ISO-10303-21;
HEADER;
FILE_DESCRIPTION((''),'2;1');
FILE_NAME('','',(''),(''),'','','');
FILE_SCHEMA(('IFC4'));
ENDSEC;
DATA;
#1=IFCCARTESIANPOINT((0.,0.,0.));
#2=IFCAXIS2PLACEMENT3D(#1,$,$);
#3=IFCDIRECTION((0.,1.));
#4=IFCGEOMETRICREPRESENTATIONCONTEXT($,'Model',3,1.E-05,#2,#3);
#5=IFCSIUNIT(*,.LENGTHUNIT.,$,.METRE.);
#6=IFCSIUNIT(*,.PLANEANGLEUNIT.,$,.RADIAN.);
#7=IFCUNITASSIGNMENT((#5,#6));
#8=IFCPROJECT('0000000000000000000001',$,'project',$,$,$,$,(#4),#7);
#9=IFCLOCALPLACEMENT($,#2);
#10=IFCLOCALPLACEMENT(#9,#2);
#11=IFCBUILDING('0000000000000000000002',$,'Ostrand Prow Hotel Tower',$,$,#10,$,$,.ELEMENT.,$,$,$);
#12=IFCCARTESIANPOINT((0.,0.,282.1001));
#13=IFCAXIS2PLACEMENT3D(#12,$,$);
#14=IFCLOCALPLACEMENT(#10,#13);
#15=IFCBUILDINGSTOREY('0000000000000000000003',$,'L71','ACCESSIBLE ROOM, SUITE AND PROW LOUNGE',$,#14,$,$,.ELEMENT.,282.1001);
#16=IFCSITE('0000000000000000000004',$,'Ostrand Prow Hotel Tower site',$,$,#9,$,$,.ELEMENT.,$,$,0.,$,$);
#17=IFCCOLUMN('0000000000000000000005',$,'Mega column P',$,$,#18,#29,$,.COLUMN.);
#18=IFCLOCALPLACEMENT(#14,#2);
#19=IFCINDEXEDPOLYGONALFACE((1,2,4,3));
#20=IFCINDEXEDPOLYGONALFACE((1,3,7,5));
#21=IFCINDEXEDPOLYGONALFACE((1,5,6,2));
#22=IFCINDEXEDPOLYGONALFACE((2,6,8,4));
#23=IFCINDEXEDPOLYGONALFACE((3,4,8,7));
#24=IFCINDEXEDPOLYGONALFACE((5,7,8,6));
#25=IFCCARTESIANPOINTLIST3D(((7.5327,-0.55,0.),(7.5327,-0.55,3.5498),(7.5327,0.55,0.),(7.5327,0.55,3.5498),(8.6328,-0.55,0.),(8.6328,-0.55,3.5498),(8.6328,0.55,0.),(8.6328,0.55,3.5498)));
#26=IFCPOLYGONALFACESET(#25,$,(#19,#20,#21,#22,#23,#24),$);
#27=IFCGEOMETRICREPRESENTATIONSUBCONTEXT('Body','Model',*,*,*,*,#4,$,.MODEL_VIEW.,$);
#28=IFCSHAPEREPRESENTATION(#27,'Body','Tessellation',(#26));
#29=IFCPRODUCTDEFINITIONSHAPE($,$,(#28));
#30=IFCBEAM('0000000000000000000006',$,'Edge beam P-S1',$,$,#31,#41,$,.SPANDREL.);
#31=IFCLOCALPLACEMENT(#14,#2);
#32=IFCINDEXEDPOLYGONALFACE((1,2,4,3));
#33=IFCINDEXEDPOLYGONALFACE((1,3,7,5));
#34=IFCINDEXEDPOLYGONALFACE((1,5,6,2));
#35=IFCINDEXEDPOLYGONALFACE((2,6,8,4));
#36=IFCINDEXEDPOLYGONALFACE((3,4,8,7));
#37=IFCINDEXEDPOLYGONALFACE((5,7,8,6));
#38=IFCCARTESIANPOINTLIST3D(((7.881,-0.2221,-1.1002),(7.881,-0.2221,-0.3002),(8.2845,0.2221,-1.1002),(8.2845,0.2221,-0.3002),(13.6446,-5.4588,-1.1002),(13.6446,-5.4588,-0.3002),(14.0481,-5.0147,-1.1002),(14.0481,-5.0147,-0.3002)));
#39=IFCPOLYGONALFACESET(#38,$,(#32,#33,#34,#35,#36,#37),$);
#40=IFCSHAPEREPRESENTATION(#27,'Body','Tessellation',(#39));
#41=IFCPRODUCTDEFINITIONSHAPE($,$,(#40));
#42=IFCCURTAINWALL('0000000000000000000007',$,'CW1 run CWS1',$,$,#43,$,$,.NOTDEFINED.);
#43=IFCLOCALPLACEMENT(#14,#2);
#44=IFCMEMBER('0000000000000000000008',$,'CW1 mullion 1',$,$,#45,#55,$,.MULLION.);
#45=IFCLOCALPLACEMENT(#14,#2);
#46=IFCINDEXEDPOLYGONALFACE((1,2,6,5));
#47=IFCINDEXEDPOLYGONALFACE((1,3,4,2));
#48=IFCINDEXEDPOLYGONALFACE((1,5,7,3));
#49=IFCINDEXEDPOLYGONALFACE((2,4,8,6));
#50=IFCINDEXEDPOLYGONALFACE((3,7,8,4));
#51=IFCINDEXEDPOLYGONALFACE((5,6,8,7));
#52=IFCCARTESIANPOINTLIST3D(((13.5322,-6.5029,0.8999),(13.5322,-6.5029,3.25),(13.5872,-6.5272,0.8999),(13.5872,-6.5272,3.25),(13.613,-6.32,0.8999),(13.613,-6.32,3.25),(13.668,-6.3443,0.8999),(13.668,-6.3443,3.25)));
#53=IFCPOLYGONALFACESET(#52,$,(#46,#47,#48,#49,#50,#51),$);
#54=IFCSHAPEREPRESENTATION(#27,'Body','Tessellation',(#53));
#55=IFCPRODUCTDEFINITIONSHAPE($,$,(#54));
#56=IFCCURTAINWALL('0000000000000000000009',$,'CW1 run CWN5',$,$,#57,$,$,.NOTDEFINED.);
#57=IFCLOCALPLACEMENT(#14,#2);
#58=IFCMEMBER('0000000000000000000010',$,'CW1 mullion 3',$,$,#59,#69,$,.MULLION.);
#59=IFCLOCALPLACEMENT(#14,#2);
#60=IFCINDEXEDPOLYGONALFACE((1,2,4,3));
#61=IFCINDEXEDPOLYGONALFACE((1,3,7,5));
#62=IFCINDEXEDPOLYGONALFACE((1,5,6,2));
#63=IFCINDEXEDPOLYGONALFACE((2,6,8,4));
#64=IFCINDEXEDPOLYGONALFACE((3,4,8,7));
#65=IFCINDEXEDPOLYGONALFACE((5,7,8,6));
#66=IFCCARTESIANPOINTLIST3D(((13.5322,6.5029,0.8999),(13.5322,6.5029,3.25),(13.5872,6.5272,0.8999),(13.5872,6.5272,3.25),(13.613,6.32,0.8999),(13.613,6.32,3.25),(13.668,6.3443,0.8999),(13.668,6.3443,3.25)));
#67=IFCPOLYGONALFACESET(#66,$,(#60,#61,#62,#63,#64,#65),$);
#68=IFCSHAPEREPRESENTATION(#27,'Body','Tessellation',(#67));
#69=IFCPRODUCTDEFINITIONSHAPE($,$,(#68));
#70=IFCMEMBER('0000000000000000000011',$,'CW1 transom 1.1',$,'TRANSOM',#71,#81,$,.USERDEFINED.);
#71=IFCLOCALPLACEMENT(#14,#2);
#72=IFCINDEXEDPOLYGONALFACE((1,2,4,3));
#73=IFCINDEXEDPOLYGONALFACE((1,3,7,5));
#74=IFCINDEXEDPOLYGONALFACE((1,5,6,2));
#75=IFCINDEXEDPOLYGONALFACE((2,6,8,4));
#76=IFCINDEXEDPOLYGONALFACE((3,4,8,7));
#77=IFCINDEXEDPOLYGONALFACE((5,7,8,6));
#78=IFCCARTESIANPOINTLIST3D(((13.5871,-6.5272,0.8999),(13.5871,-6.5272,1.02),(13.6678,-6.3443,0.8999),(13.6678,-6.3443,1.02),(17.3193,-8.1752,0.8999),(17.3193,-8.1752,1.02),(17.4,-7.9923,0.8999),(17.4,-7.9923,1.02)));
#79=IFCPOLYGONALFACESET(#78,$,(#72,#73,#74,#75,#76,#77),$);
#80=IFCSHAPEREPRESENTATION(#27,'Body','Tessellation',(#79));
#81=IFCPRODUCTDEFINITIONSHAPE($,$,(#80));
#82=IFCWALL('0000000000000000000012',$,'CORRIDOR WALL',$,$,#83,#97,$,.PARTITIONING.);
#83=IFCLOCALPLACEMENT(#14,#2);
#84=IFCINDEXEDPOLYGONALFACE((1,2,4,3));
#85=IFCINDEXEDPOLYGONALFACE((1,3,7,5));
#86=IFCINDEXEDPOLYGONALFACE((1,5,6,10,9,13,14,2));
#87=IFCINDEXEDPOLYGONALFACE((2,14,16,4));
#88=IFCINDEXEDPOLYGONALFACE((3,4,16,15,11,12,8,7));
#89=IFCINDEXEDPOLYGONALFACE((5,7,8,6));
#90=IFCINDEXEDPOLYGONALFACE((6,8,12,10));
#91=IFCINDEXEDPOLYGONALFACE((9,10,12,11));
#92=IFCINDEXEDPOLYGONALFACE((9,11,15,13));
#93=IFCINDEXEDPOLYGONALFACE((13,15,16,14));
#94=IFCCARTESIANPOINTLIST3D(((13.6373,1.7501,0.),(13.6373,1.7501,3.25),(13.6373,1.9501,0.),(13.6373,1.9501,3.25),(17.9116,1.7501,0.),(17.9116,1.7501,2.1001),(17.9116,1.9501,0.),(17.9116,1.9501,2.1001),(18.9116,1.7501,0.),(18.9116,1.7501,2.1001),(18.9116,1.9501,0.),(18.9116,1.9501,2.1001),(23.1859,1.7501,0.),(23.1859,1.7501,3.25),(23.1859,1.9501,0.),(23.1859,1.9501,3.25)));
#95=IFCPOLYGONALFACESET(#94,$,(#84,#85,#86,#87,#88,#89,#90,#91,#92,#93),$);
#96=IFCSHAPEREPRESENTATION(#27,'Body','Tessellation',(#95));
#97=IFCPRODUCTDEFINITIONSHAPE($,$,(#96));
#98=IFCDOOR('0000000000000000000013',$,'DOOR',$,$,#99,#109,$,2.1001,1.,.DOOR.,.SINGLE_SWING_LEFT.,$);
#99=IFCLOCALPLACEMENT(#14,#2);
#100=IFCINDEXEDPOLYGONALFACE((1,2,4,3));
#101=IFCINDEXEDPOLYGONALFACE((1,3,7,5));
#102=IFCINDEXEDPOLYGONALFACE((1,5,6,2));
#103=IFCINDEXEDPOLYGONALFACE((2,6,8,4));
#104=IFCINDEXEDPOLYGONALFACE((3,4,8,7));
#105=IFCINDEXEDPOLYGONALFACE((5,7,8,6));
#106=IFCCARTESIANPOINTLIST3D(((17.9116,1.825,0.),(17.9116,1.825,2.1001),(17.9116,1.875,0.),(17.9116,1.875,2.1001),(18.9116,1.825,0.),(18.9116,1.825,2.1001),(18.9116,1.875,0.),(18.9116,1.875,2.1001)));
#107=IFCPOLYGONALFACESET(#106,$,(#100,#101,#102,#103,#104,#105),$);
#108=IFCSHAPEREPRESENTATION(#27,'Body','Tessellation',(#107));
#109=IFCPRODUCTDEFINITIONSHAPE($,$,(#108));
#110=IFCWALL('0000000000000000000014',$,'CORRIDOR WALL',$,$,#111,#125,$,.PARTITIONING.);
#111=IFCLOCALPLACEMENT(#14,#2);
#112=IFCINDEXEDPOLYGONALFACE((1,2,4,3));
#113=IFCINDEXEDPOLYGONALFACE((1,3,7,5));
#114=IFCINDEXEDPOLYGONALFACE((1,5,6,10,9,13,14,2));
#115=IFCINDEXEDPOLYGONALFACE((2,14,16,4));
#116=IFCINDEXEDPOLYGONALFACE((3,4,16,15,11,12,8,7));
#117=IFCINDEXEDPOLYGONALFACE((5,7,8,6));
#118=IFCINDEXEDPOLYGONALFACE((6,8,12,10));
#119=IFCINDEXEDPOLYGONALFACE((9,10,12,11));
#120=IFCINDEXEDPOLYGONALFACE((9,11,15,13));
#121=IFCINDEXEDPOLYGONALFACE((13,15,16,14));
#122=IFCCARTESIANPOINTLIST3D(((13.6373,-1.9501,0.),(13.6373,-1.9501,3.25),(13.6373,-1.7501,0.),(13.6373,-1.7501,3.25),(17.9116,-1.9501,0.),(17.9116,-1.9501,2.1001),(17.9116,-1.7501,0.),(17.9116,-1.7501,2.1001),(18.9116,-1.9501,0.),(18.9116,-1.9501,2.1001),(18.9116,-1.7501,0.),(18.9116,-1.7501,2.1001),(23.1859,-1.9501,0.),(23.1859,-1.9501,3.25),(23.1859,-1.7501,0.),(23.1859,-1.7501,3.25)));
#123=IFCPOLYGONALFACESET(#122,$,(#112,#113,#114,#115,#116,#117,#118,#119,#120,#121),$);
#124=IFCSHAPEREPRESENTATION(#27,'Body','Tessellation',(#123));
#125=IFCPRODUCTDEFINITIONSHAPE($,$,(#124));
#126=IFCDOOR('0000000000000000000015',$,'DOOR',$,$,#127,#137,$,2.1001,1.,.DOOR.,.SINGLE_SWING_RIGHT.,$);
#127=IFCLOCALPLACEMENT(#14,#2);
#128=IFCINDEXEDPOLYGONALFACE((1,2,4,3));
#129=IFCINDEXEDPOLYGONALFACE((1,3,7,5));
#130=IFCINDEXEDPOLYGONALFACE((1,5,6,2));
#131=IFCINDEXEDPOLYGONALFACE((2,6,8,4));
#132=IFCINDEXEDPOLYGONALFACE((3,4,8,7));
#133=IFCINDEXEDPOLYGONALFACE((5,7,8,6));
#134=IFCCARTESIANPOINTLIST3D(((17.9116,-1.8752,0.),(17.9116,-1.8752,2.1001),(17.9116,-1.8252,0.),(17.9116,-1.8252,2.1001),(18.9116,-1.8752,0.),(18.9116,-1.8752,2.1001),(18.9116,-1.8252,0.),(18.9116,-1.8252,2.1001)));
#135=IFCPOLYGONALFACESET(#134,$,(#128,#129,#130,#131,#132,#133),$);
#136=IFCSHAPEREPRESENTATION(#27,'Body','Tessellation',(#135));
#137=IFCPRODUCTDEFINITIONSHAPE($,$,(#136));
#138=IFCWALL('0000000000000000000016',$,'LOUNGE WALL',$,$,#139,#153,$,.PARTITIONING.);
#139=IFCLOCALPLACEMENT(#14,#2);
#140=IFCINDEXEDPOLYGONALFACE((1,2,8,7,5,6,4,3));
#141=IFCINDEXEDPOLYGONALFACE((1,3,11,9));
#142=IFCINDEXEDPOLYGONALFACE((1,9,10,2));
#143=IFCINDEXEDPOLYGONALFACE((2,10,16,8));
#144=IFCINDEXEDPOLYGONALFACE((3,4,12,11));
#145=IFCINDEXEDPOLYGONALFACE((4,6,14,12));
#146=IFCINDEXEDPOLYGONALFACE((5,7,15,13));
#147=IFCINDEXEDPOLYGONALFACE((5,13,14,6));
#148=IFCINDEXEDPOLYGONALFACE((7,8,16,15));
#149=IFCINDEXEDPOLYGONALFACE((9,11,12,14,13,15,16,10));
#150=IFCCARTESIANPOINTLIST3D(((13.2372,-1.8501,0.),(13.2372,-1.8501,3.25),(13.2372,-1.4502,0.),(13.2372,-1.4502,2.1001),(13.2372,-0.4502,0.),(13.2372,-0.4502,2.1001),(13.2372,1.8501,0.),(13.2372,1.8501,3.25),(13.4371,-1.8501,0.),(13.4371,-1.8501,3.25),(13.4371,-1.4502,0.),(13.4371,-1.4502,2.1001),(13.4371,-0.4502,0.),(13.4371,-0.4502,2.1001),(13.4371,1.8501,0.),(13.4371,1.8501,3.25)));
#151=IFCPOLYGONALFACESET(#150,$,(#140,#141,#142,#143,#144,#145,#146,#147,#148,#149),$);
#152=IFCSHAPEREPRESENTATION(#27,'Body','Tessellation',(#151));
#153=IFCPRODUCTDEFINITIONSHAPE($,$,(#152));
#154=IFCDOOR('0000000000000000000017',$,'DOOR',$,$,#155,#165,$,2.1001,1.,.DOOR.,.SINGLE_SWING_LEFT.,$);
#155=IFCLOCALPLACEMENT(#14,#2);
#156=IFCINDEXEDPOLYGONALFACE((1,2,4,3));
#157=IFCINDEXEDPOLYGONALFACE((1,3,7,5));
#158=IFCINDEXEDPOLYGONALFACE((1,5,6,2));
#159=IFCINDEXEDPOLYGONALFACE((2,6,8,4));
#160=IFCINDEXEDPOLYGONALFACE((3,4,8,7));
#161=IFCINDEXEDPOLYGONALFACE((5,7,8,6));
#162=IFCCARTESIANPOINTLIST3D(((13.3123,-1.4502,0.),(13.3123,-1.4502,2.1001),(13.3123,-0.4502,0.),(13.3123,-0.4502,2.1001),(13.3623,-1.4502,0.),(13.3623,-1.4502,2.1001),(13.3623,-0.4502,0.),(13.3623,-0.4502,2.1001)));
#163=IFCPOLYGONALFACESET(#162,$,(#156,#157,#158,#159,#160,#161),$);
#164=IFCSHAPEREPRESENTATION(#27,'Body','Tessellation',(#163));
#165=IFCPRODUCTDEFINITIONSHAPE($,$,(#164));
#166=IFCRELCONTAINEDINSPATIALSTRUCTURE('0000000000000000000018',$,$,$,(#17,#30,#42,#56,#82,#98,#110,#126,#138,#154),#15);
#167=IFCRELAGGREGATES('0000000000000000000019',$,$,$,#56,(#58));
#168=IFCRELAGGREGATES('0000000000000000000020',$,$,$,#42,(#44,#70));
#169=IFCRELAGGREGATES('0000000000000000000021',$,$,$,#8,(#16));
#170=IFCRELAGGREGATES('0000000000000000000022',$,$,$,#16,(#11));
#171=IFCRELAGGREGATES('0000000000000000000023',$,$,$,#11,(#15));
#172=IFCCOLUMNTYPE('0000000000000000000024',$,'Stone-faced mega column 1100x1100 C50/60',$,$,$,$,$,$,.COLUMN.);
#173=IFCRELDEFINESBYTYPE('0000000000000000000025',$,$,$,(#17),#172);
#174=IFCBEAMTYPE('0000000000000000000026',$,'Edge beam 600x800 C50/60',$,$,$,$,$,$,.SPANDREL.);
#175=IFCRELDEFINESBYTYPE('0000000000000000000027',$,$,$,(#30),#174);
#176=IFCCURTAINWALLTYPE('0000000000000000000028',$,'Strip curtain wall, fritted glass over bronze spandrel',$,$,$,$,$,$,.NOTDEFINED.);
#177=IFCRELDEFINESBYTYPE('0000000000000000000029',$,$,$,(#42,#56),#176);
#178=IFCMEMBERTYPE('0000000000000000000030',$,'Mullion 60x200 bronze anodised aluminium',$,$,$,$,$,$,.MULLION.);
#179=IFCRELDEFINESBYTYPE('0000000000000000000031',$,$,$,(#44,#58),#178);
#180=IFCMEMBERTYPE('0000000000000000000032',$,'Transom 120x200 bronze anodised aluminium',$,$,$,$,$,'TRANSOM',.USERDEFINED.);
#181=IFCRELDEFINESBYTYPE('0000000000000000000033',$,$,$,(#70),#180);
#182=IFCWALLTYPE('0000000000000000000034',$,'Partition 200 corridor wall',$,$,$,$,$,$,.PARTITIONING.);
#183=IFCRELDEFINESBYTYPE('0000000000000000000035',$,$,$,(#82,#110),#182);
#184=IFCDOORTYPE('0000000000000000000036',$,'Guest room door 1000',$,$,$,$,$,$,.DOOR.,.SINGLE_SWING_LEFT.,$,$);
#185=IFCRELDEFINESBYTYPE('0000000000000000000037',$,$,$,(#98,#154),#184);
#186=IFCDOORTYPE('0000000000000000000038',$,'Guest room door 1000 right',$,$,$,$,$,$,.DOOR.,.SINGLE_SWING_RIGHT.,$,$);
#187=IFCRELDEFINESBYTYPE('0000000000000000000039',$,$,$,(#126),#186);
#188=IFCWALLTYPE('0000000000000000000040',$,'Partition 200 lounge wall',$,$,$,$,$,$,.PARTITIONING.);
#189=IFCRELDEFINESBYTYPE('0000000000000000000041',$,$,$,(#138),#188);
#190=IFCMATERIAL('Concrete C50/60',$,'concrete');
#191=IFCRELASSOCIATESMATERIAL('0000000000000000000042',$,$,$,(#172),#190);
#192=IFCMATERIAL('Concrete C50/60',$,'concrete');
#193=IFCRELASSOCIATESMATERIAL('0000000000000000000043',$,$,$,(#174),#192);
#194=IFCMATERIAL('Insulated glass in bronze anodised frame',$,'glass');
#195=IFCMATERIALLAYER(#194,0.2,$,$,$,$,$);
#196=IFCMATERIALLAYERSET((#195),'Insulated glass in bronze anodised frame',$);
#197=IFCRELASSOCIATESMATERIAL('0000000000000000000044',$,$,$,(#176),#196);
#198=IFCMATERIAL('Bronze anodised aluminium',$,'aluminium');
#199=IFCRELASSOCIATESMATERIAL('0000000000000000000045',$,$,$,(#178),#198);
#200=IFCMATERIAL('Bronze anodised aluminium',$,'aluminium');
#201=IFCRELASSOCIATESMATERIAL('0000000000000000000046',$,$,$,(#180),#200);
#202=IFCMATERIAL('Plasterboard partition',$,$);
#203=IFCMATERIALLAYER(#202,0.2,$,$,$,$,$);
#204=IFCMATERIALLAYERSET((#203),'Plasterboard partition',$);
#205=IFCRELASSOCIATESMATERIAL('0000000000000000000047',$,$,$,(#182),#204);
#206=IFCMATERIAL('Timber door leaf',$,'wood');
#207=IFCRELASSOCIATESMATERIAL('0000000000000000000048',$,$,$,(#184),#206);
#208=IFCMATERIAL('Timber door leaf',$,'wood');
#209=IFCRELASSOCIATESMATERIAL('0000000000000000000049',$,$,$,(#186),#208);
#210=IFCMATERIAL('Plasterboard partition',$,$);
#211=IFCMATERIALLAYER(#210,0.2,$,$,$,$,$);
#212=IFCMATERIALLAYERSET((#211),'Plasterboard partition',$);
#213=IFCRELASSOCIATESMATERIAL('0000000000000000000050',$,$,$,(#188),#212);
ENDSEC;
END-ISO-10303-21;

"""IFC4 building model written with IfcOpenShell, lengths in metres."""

from ifc_helpers import new_model, si_unit, direction, frame, frame_2d, origin, origin_2d, place, context, subcontext, project, spatial, rectangle, extrude, material, layer, layer_set, material_profile, profile_set, type_object, element, fill, aggregate, save


model = new_model("IFC4")

# Units and contexts
model_context = context("Model", 3, precision=1e-05, world=origin(), true_north=direction((0.0, 1.0)))
body_context = subcontext(model_context, "Body", "Model", "MODEL_VIEW")
ifc_project = project(units=[si_unit("LENGTHUNIT", "METRE"), si_unit("PLANEANGLEUNIT", "RADIAN")], contexts=[model_context])

# Site, building, storey
site_placement = place(None, origin())
site = spatial("IfcSite", under=ifc_project, at=site_placement, Name="Ostrand Prow Hotel Tower site", CompositionType="ELEMENT", RefElevation=0.0)
building_placement = place(site_placement, origin())
building = spatial("IfcBuilding", under=site, at=building_placement, Name="Ostrand Prow Hotel Tower", CompositionType="ELEMENT")
storey_placement = place(building_placement, frame((0.0, 0.0, 282.1001)))
storey = spatial("IfcBuildingStorey", under=building, at=storey_placement, Name="L71", Description="ACCESSIBLE ROOM, SUITE AND PROW LOUNGE", CompositionType="ELEMENT", Elevation=282.1001)

# Column
ifc_material_1 = material(Name="Concrete C50/60", Category="concrete")
ifc_material_profile_1 = material_profile(ifc_material_1, rectangle(XDim=1.1001, YDim=1.1001, at=origin_2d()), Name="RC 1100x1100")
ifc_profile_set_1 = profile_set([ifc_material_profile_1], Name="Concrete C50/60")
column_type = type_object("IfcColumnType", Name="Stone-faced mega column 1100x1100 C50/60", PredefinedType="COLUMN", material=ifc_profile_set_1)
column_placement = place(storey_placement, frame((8.0828, 0.0, 0.0), z_axis=(0.0, 0.0, 1.0), x_axis=(1.0, 0.0, 0.0)))
element("IfcColumn", 1, at=column_placement, inside=storey, type_object=column_type, Name="Mega column P", PredefinedType="COLUMN", context=body_context, shape_type="SweptSolid", body=[
    extrude(rectangle(XDim=1.1001, YDim=1.1001, at=origin_2d()), origin(), (0.0, 0.0, 1.0), 3.5498),
])

# Beam
ifc_material_2 = material(Name="Concrete C50/60", Category="concrete")
ifc_material_profile_2 = material_profile(ifc_material_2, rectangle(XDim=0.6001, YDim=0.8, at=origin_2d()), Name="RC 600x800")
ifc_profile_set_2 = profile_set([ifc_material_profile_2], Name="Concrete C50/60")
beam_type = type_object("IfcBeamType", Name="Edge beam 600x800 C50/60", PredefinedType="SPANDREL", material=ifc_profile_set_2)
beam_placement = place(storey_placement, frame((8.0828, 0.0, -0.7002), z_axis=(0.740124, -0.67247, 0.0), x_axis=(0.67247, 0.740124, 0.0)))
element("IfcBeam", 2, at=beam_placement, inside=storey, type_object=beam_type, Name="Edge beam P-S1", PredefinedType="SPANDREL", context=body_context, shape_type="SweptSolid", body=[
    extrude(rectangle(XDim=0.6001, YDim=0.8, at=origin_2d()), origin(), (0.0, 0.0, 1.0), 7.7874),
])

# Curtain walls, members
ifc_material_3 = material(Name="Insulated glass in bronze anodised frame", Category="glass")
ifc_layer_1 = layer(ifc_material_3, 0.2)
ifc_layer_set_1 = layer_set([ifc_layer_1], Name="Insulated glass in bronze anodised frame")
curtain_wall_type = type_object("IfcCurtainWallType", Name="Strip curtain wall, fritted glass over bronze spandrel", PredefinedType="NOTDEFINED", material=ifc_layer_set_1)
curtain_wall_1_placement = place(storey_placement, origin())
curtain_wall_1 = element("IfcCurtainWall", 3, at=curtain_wall_1_placement, inside=storey, type_object=curtain_wall_type, Name="CW1 run CWS1", PredefinedType="NOTDEFINED")
ifc_material_4 = material(Name="Bronze anodised aluminium", Category="aluminium")
ifc_material_profile_3 = material_profile(ifc_material_4, rectangle(XDim=0.2, YDim=0.0601, at=origin_2d()), Name="Mullion 60x200 bronze anodised aluminium")
ifc_profile_set_3 = profile_set([ifc_material_profile_3], Name="Bronze anodised aluminium")
member_type_1 = type_object("IfcMemberType", Name="Mullion 60x200 bronze anodised aluminium", PredefinedType="MULLION", material=ifc_profile_set_3)
member_1_placement = place(storey_placement, frame((13.6001, -6.4236, 0.8999), z_axis=(0.0, 0.0, 1.0), x_axis=(0.40394, 0.914786, 0.0)))
member_1 = element("IfcMember", 4, at=member_1_placement, type_object=member_type_1, Name="CW1 mullion 1", PredefinedType="MULLION", context=body_context, shape_type="SweptSolid", body=[
    extrude(rectangle(XDim=0.2, YDim=0.0601, at=origin_2d()), origin(), (0.0, 0.0, 1.0), 2.3501),
])
curtain_wall_2_placement = place(storey_placement, origin())
curtain_wall_2 = element("IfcCurtainWall", 5, at=curtain_wall_2_placement, inside=storey, type_object=curtain_wall_type, Name="CW1 run CWN5", PredefinedType="NOTDEFINED")
member_2_placement = place(storey_placement, frame((13.6001, 6.4236, 0.8999), z_axis=(0.0, 0.0, 1.0), x_axis=(0.40394, -0.914786, 0.0)))
member_2 = element("IfcMember", 6, at=member_2_placement, type_object=member_type_1, Name="CW1 mullion 3", PredefinedType="MULLION", context=body_context, shape_type="SweptSolid", body=[
    extrude(rectangle(XDim=0.2, YDim=0.0601, at=origin_2d()), origin(), (0.0, 0.0, 1.0), 2.3501),
])
aggregate(curtain_wall_2, [member_2])

# Member
ifc_material_5 = material(Name="Bronze anodised aluminium", Category="aluminium")
ifc_material_profile_4 = material_profile(ifc_material_5, rectangle(XDim=0.2, YDim=0.1201, at=origin_2d()), Name="Transom 120x200 bronze anodised aluminium")
ifc_profile_set_4 = profile_set([ifc_material_profile_4], Name="Bronze anodised aluminium")
member_type_2 = type_object("IfcMemberType", Name="Transom 120x200 bronze anodised aluminium", ElementType="TRANSOM", PredefinedType="USERDEFINED", material=ifc_profile_set_4)
member_3_placement = place(storey_placement, frame((13.6274, -6.4358, 0.96), z_axis=(0.914791, -0.403927, 0.0), x_axis=(0.403927, 0.914791, 0.0)))
member_3 = element("IfcMember", 7, at=member_3_placement, type_object=member_type_2, Name="CW1 transom 1.1", ObjectType="TRANSOM", PredefinedType="USERDEFINED", context=body_context, shape_type="SweptSolid", body=[
    extrude(rectangle(XDim=0.2, YDim=0.1201, at=origin_2d()), origin(), (0.0, 0.0, 1.0), 4.0798),
])
aggregate(curtain_wall_1, [member_1, member_3])

# Walls, openings, doors
ifc_material_6 = material(Name="Plasterboard partition")
ifc_layer_2 = layer(ifc_material_6, 0.2)
ifc_layer_set_2 = layer_set([ifc_layer_2], Name="Plasterboard partition")
wall_type_1 = type_object("IfcWallType", Name="Partition 200 corridor wall", PredefinedType="PARTITIONING", material=ifc_layer_set_2)
wall_1_placement = place(storey_placement, frame((13.6372, 1.8501, 0.0), z_axis=(0.0, 0.0, 1.0), x_axis=(1.0, 0.0, 0.0)))
wall_1 = element("IfcWall", 8, at=wall_1_placement, inside=storey, type_object=wall_type_1, Name="CORRIDOR WALL", PredefinedType="PARTITIONING", context=body_context, shape_type="SweptSolid", body=[
    extrude(rectangle(XDim=9.5486, YDim=0.2, at=frame_2d((4.7744, 0.0))), origin(), (0.0, 0.0, 1.0), 3.25),
])
opening_1_placement = place(wall_1_placement, frame((4.2744, 0.0, 0.0)))
opening_1 = element("IfcOpeningElement", 9, at=opening_1_placement, cuts=wall_1, PredefinedType="OPENING", context=body_context, shape_type="SweptSolid", body=[
    extrude(rectangle(XDim=1.0, YDim=2.1001, at=frame_2d((0.5, 1.05))), frame((0.0, 0.1099, 0.0), z_axis=(0.0, -1.0, 0.0), x_axis=(1.0, 0.0, 0.0)), (0.0, 0.0, 1.0), 0.22),
])
ifc_material_7 = material(Name="Timber door leaf", Category="wood")
door_type_1 = type_object("IfcDoorType", Name="Guest room door 1000", OperationType="SINGLE_SWING_LEFT", PredefinedType="DOOR", material=ifc_material_7)
door_1_placement = place(opening_1_placement, origin())
door_1 = element("IfcDoor", 10, at=door_1_placement, inside=storey, type_object=door_type_1, Name="DOOR", OperationType="SINGLE_SWING_LEFT", OverallHeight=2.1001, OverallWidth=1.0, PredefinedType="DOOR", context=body_context, shape_type="SweptSolid", body=[
    extrude(rectangle(XDim=1.0, YDim=2.1001, at=frame_2d((0.5, 1.05))), frame((0.0, 0.0249, 0.0), z_axis=(0.0, -1.0, 0.0), x_axis=(1.0, 0.0, 0.0)), (0.0, 0.0, 1.0), 0.05),
])
fill(opening_1, door_1)
wall_2_placement = place(storey_placement, frame((13.6372, -1.8501, 0.0), z_axis=(0.0, 0.0, 1.0), x_axis=(1.0, 0.0, 0.0)))
wall_2 = element("IfcWall", 11, at=wall_2_placement, inside=storey, type_object=wall_type_1, Name="CORRIDOR WALL", PredefinedType="PARTITIONING", context=body_context, shape_type="SweptSolid", body=[
    extrude(rectangle(XDim=9.5486, YDim=0.2, at=frame_2d((4.7744, 0.0))), origin(), (0.0, 0.0, 1.0), 3.25),
])
opening_2_placement = place(wall_2_placement, frame((4.2744, 0.0, 0.0)))
opening_2 = element("IfcOpeningElement", 12, at=opening_2_placement, cuts=wall_2, PredefinedType="OPENING", context=body_context, shape_type="SweptSolid", body=[
    extrude(rectangle(XDim=1.0, YDim=2.1001, at=frame_2d((0.5, 1.05))), frame((0.0, 0.1099, 0.0), z_axis=(0.0, -1.0, 0.0), x_axis=(1.0, 0.0, 0.0)), (0.0, 0.0, 1.0), 0.22),
])
ifc_material_8 = material(Name="Timber door leaf", Category="wood")
door_type_2 = type_object("IfcDoorType", Name="Guest room door 1000 right", OperationType="SINGLE_SWING_RIGHT", PredefinedType="DOOR", material=ifc_material_8)
door_2_placement = place(opening_2_placement, origin())
door_2 = element("IfcDoor", 13, at=door_2_placement, inside=storey, type_object=door_type_2, Name="DOOR", OperationType="SINGLE_SWING_RIGHT", OverallHeight=2.1001, OverallWidth=1.0, PredefinedType="DOOR", context=body_context, shape_type="SweptSolid", body=[
    extrude(rectangle(XDim=1.0, YDim=2.1001, at=frame_2d((0.5, 1.05))), frame((0.0, 0.0249, 0.0), z_axis=(0.0, -1.0, 0.0), x_axis=(1.0, 0.0, 0.0)), (0.0, 0.0, 1.0), 0.05),
])
fill(opening_2, door_2)
ifc_material_9 = material(Name="Plasterboard partition")
ifc_layer_3 = layer(ifc_material_9, 0.2)
ifc_layer_set_3 = layer_set([ifc_layer_3], Name="Plasterboard partition")
wall_type_2 = type_object("IfcWallType", Name="Partition 200 lounge wall", PredefinedType="PARTITIONING", material=ifc_layer_set_3)
wall_3_placement = place(storey_placement, frame((13.3372, -1.8501, 0.0), z_axis=(0.0, 0.0, 1.0), x_axis=(0.0, 1.0, 0.0)))
wall_3 = element("IfcWall", 14, at=wall_3_placement, inside=storey, type_object=wall_type_2, Name="LOUNGE WALL", PredefinedType="PARTITIONING", context=body_context, shape_type="SweptSolid", body=[
    extrude(rectangle(XDim=3.7002, YDim=0.2, at=frame_2d((1.8501, 0.0))), origin(), (0.0, 0.0, 1.0), 3.25),
])
opening_3_placement = place(wall_3_placement, frame((0.3999, 0.0, 0.0)))
opening_3 = element("IfcOpeningElement", 15, at=opening_3_placement, cuts=wall_3, PredefinedType="OPENING", context=body_context, shape_type="SweptSolid", body=[
    extrude(rectangle(XDim=1.0, YDim=2.1001, at=frame_2d((0.5, 1.05))), frame((0.0, 0.1099, 0.0), z_axis=(0.0, -1.0, 0.0), x_axis=(1.0, 0.0, 0.0)), (0.0, 0.0, 1.0), 0.22),
])
door_3_placement = place(opening_3_placement, origin())
door_3 = element("IfcDoor", 16, at=door_3_placement, inside=storey, type_object=door_type_1, Name="DOOR", OperationType="SINGLE_SWING_LEFT", OverallHeight=2.1001, OverallWidth=1.0, PredefinedType="DOOR", context=body_context, shape_type="SweptSolid", body=[
    extrude(rectangle(XDim=1.0, YDim=2.1001, at=frame_2d((0.5, 1.05))), frame((0.0, 0.0249, 0.0), z_axis=(0.0, -1.0, 0.0), x_axis=(1.0, 0.0, 0.0)), (0.0, 0.0, 1.0), 0.05),
])
fill(opening_3, door_3)

save(model, "model.ifc")
